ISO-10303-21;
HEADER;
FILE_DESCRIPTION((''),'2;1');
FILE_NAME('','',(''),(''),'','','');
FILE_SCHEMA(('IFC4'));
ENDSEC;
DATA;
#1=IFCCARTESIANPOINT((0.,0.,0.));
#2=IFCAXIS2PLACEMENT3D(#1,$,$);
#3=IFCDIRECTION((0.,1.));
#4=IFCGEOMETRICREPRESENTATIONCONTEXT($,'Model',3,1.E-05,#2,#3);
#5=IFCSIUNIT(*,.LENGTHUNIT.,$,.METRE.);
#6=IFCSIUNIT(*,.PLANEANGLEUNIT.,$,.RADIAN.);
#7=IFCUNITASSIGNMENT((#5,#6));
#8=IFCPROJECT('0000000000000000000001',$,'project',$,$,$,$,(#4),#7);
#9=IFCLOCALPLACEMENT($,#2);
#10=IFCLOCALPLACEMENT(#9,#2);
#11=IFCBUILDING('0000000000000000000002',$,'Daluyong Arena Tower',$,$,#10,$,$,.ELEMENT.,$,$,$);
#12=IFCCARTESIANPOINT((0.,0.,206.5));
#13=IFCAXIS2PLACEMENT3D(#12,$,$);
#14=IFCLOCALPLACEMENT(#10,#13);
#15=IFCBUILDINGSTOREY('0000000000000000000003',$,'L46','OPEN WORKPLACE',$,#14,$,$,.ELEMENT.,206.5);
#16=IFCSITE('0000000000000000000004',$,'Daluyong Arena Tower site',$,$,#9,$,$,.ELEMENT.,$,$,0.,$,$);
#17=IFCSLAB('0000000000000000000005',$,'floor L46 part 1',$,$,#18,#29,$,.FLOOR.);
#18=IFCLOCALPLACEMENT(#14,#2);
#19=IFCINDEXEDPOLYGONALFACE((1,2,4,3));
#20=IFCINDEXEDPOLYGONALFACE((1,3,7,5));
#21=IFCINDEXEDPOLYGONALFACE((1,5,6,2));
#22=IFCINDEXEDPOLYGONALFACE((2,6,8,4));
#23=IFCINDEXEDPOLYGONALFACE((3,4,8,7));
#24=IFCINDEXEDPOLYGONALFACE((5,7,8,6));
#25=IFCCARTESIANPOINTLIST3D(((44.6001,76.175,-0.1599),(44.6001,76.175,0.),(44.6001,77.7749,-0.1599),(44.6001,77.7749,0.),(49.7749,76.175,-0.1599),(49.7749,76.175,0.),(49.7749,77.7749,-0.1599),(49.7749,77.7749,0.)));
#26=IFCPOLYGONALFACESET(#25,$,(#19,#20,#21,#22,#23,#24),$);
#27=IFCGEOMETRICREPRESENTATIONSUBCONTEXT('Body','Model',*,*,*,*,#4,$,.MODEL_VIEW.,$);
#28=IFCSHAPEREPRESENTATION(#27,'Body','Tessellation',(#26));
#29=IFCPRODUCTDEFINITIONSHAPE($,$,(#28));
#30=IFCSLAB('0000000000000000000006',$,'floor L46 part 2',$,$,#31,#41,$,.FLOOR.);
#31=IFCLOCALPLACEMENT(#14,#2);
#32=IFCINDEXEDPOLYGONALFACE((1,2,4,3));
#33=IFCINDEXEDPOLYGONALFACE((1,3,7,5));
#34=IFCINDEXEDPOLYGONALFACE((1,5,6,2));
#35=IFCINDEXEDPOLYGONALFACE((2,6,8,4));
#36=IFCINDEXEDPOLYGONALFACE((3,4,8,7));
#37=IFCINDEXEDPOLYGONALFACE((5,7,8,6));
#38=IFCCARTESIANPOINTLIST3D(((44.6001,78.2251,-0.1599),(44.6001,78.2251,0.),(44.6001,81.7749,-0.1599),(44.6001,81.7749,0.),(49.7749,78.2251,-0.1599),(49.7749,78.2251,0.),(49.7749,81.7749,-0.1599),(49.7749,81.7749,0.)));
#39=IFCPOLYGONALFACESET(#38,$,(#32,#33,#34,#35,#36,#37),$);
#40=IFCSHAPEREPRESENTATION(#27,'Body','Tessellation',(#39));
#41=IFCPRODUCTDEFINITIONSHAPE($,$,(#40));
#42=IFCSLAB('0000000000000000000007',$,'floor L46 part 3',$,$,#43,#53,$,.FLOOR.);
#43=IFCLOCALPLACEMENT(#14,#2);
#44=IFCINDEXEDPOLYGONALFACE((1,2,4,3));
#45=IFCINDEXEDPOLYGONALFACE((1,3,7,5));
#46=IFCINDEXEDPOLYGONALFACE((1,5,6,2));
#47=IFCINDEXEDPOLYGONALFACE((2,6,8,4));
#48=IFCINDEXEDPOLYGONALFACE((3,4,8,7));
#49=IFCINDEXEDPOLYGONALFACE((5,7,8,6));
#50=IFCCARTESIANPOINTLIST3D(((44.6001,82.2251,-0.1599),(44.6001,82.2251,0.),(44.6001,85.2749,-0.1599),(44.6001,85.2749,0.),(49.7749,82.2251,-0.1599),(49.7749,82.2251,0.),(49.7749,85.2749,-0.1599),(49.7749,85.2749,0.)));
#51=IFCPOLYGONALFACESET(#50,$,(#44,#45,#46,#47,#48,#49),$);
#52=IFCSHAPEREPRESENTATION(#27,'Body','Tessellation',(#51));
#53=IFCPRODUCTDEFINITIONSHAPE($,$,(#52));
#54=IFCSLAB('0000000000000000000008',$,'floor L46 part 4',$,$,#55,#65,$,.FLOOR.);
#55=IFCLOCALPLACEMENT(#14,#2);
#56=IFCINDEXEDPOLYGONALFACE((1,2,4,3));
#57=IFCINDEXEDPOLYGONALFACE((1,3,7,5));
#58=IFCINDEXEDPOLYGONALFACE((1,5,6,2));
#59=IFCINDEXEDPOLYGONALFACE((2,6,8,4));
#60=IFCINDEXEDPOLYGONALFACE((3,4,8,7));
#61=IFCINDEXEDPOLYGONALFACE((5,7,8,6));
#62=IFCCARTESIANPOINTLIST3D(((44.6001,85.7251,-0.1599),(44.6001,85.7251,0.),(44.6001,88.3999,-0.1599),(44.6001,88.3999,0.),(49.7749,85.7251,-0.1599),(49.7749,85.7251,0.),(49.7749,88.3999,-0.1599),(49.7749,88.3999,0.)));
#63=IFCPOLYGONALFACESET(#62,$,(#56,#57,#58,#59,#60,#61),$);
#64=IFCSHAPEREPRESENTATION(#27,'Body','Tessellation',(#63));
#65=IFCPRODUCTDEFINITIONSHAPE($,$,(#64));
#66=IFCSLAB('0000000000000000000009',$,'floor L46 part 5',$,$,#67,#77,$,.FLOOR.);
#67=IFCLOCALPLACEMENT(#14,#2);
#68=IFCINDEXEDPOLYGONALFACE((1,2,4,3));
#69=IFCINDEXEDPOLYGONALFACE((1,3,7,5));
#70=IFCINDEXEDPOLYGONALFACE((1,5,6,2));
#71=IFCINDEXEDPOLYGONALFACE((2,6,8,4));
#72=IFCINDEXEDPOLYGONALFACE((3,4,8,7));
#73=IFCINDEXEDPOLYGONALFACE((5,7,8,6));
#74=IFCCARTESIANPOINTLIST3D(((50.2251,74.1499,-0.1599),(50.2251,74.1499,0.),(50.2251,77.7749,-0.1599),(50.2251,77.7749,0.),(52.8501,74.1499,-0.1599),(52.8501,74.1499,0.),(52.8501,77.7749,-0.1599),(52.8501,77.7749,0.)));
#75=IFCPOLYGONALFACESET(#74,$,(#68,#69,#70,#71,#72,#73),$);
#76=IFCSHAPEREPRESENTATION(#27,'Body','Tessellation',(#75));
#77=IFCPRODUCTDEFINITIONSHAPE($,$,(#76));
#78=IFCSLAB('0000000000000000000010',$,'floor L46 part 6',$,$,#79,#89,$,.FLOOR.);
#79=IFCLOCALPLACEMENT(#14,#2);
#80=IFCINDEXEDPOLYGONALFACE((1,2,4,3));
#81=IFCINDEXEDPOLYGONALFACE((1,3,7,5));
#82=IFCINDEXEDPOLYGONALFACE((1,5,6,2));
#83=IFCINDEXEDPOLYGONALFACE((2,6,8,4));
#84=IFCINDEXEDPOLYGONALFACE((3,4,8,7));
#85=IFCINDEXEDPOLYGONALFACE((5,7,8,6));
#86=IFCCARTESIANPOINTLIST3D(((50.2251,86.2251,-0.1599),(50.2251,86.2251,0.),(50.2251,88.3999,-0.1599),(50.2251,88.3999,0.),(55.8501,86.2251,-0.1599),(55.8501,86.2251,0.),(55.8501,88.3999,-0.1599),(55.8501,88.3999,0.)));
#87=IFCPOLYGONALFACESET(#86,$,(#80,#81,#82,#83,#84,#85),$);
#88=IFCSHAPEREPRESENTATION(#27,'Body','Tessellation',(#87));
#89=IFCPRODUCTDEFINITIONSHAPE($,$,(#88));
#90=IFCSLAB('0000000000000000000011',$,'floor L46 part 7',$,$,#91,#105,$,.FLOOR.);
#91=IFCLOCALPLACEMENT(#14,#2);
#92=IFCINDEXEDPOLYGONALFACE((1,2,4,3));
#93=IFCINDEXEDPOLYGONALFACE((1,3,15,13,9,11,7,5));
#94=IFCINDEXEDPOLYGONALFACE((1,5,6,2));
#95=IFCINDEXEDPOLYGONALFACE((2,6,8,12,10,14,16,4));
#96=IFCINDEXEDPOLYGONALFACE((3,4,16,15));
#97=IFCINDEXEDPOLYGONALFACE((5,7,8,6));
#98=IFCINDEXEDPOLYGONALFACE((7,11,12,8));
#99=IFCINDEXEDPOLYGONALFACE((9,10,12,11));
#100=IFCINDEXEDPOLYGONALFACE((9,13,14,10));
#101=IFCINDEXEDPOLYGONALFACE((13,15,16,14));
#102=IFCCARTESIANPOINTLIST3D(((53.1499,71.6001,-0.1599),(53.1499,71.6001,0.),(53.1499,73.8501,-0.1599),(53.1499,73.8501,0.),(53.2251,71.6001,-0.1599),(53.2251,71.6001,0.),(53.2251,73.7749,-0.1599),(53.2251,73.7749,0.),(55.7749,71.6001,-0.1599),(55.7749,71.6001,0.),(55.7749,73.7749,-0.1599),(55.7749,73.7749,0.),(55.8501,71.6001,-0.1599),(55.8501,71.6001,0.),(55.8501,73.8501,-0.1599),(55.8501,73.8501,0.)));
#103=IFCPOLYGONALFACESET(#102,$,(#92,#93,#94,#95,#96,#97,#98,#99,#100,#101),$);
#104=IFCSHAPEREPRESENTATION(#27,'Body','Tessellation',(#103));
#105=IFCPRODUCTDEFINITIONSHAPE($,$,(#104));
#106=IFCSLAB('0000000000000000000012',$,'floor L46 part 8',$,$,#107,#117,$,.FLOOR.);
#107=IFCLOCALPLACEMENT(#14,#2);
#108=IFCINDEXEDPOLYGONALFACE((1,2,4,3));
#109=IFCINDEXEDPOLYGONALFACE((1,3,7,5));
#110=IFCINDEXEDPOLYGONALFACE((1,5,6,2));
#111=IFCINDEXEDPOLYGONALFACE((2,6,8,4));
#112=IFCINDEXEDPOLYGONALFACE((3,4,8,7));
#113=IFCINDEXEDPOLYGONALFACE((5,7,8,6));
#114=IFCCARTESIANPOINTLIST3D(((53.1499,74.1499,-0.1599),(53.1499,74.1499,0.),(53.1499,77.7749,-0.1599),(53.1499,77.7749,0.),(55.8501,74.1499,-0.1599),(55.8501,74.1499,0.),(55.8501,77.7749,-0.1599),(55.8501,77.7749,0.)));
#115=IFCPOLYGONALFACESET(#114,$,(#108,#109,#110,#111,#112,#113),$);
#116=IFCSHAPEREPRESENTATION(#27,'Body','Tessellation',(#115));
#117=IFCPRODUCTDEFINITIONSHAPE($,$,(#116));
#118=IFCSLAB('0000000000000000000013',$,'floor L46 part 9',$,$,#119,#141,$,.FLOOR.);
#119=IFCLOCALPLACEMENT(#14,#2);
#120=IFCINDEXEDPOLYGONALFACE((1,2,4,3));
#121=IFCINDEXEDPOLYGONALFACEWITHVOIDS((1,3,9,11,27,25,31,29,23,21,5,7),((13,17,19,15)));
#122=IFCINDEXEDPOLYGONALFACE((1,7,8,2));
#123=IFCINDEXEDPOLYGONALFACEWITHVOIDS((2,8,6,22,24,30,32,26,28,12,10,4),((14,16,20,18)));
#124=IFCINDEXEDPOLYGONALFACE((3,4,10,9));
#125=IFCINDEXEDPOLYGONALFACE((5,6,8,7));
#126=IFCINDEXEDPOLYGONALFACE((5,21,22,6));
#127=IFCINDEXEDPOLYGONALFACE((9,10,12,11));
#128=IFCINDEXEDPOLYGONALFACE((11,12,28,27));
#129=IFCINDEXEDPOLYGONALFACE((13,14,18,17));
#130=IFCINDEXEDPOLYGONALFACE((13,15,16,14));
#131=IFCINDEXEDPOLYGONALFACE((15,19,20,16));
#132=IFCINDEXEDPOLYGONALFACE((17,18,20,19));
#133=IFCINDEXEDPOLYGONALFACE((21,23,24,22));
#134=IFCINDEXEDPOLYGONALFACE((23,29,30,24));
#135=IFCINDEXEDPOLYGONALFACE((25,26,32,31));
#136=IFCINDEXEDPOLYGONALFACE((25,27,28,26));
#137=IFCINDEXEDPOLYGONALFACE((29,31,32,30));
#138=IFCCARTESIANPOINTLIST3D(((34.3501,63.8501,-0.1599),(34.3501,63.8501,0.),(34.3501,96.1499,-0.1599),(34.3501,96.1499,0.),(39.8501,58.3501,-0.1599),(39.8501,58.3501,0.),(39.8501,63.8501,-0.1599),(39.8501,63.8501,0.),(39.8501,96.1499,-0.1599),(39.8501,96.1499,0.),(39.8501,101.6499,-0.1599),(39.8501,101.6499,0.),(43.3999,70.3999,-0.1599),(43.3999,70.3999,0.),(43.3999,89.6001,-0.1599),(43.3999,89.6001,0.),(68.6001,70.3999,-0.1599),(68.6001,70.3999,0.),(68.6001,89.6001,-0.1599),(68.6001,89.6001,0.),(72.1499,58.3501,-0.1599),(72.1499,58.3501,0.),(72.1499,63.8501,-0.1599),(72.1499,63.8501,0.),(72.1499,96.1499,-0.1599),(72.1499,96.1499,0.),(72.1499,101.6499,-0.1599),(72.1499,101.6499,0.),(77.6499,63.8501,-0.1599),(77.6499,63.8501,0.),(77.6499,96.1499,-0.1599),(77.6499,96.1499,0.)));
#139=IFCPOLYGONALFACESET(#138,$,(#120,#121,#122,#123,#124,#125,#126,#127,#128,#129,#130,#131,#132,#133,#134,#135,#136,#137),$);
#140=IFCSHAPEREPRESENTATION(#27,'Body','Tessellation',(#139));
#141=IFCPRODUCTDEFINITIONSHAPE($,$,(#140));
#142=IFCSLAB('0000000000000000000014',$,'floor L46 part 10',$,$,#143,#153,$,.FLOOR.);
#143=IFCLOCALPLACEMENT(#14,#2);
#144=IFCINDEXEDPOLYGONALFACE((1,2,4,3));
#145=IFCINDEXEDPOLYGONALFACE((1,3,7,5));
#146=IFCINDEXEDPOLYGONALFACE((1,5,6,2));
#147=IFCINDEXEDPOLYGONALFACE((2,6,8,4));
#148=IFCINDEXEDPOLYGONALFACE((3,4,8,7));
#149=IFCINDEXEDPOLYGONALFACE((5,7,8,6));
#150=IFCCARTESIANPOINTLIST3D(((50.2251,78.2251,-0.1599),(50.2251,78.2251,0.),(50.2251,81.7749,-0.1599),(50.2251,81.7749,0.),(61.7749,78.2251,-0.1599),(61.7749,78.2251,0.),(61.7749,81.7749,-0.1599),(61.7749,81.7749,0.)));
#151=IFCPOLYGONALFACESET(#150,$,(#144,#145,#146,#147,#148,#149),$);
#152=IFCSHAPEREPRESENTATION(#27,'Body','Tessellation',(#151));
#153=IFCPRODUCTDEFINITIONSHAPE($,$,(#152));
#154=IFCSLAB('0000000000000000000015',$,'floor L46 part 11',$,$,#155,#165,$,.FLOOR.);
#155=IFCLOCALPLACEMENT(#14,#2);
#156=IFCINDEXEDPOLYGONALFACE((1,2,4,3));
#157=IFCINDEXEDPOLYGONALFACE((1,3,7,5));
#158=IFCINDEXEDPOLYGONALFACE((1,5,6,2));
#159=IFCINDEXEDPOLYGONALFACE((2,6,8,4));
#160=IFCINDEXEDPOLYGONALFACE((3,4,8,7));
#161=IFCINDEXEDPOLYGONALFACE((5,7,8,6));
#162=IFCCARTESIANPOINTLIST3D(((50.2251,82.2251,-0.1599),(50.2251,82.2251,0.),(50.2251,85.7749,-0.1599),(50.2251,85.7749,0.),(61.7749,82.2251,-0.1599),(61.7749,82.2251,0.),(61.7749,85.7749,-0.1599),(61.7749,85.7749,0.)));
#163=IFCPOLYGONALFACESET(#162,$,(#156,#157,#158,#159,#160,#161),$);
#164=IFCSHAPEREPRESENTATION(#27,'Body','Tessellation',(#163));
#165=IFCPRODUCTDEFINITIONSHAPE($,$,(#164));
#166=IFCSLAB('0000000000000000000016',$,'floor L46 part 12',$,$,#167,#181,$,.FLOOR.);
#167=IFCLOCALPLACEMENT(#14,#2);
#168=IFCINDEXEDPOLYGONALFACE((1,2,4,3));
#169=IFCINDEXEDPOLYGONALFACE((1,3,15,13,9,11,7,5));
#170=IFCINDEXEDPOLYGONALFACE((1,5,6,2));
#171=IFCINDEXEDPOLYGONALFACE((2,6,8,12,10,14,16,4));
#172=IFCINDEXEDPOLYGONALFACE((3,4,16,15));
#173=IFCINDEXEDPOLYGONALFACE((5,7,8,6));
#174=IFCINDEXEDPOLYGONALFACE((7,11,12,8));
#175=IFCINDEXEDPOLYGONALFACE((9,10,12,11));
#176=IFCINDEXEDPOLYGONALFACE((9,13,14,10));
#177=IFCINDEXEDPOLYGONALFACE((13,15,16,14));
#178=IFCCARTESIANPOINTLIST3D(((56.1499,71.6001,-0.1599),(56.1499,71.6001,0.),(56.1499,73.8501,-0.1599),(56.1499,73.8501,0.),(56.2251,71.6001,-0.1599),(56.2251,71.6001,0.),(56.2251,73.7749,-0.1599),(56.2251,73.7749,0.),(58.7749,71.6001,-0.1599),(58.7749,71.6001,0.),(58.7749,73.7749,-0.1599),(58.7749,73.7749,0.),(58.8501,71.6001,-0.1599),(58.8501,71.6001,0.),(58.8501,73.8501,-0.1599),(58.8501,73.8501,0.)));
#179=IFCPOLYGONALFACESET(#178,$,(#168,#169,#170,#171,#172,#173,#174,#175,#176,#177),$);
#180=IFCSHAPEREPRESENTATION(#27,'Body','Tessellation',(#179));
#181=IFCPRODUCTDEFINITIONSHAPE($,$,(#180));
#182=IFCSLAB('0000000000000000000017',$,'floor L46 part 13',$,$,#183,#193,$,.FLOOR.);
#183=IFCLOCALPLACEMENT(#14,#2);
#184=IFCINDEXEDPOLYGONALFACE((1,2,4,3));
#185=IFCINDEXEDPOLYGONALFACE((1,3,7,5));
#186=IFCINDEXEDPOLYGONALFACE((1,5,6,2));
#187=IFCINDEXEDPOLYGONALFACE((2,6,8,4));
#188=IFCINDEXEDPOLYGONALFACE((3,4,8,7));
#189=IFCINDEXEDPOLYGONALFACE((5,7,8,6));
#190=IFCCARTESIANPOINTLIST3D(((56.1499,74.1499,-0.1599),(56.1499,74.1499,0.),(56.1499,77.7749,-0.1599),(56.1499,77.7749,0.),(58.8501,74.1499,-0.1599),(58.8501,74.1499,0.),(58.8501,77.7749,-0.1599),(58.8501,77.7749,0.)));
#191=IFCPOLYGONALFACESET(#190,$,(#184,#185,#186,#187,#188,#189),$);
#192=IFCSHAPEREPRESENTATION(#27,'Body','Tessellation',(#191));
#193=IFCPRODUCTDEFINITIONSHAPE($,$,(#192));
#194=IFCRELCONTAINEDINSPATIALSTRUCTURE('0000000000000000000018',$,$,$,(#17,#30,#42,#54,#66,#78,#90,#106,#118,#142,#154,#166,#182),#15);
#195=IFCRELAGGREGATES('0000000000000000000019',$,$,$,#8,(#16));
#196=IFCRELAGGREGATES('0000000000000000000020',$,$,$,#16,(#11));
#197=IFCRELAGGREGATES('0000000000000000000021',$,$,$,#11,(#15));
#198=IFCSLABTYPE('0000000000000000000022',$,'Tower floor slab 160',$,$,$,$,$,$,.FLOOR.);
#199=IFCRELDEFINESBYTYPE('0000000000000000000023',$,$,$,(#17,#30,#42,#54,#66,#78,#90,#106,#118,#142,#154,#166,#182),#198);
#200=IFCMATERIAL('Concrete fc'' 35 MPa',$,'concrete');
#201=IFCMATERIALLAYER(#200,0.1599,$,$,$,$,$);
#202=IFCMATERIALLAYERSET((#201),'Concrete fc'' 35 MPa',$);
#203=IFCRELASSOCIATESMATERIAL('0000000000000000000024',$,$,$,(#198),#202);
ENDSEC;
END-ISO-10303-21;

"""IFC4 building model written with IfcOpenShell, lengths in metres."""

from ifc_helpers import new_model, si_unit, direction, frame, origin, place, context, subcontext, project, spatial, polyline, outline, extrude, material, layer, layer_set, type_object, element, save


model = new_model("IFC4")

# Units and contexts
model_context = context("Model", 3, precision=1e-05, world=origin(), true_north=direction((0.0, 1.0)))
body_context = subcontext(model_context, "Body", "Model", "MODEL_VIEW")
ifc_project = project(units=[si_unit("LENGTHUNIT", "METRE"), si_unit("PLANEANGLEUNIT", "RADIAN")], contexts=[model_context])

# Site, building, storey
site_placement = place(None, origin())
site = spatial("IfcSite", under=ifc_project, at=site_placement, Name="Daluyong Arena Tower site", CompositionType="ELEMENT", RefElevation=0.0)
building_placement = place(site_placement, origin())
building = spatial("IfcBuilding", under=site, at=building_placement, Name="Daluyong Arena Tower", CompositionType="ELEMENT")
storey_placement = place(building_placement, frame((0.0, 0.0, 206.5)))
storey = spatial("IfcBuildingStorey", under=building, at=storey_placement, Name="L46", Description="OPEN WORKPLACE", CompositionType="ELEMENT", Elevation=206.5)

# Slabs
ifc_material_1 = material(Name="Concrete fc' 35 MPa", Category="concrete")
ifc_layer_1 = layer(ifc_material_1, 0.1599)
ifc_layer_set_1 = layer_set([ifc_layer_1], Name="Concrete fc' 35 MPa")
slab_type = type_object("IfcSlabType", Name="Tower floor slab 160", PredefinedType="FLOOR", material=ifc_layer_set_1)
slab_1_placement = place(storey_placement, frame((0.0, 0.0, -0.1599)))
element("IfcSlab", 1, at=slab_1_placement, inside=storey, type_object=slab_type, Name="floor L46 part 1", PredefinedType="FLOOR", context=body_context, shape_type="SweptSolid", body=[
    extrude(outline(polyline([(49.7749, 77.7749), (44.6001, 77.7749), (44.6001, 76.175), (49.7749, 76.175), (49.7749, 77.7749)])), origin(), (0.0, 0.0, 1.0), 0.1599),
])
slab_2_placement = place(storey_placement, frame((0.0, 0.0, -0.1599)))
element("IfcSlab", 2, at=slab_2_placement, inside=storey, type_object=slab_type, Name="floor L46 part 2", PredefinedType="FLOOR", context=body_context, shape_type="SweptSolid", body=[
    extrude(outline(polyline([(49.7749, 78.2251), (49.7749, 81.7749), (44.6001, 81.7749), (44.6001, 78.2251), (49.7749, 78.2251)])), origin(), (0.0, 0.0, 1.0), 0.1599),
])
slab_3_placement = place(storey_placement, frame((0.0, 0.0, -0.1599)))
element("IfcSlab", 3, at=slab_3_placement, inside=storey, type_object=slab_type, Name="floor L46 part 3", PredefinedType="FLOOR", context=body_context, shape_type="SweptSolid", body=[
    extrude(outline(polyline([(44.6001, 85.2749), (44.6001, 82.2251), (49.7749, 82.2251), (49.7749, 85.2749), (44.6001, 85.2749)])), origin(), (0.0, 0.0, 1.0), 0.1599),
])
slab_4_placement = place(storey_placement, frame((0.0, 0.0, -0.1599)))
element("IfcSlab", 4, at=slab_4_placement, inside=storey, type_object=slab_type, Name="floor L46 part 4", PredefinedType="FLOOR", context=body_context, shape_type="SweptSolid", body=[
    extrude(outline(polyline([(44.6001, 88.3999), (44.6001, 85.7251), (49.7749, 85.7251), (49.7749, 88.3999), (44.6001, 88.3999)])), origin(), (0.0, 0.0, 1.0), 0.1599),
])
slab_5_placement = place(storey_placement, frame((0.0, 0.0, -0.1599)))
element("IfcSlab", 5, at=slab_5_placement, inside=storey, type_object=slab_type, Name="floor L46 part 5", PredefinedType="FLOOR", context=body_context, shape_type="SweptSolid", body=[
    extrude(outline(polyline([(52.8501, 74.1499), (52.8501, 77.7749), (50.2251, 77.7749), (50.2251, 74.1499), (52.8501, 74.1499)])), origin(), (0.0, 0.0, 1.0), 0.1599),
])
slab_6_placement = place(storey_placement, frame((0.0, 0.0, -0.1599)))
element("IfcSlab", 6, at=slab_6_placement, inside=storey, type_object=slab_type, Name="floor L46 part 6", PredefinedType="FLOOR", context=body_context, shape_type="SweptSolid", body=[
    extrude(outline(polyline([(50.2251, 88.3999), (50.2251, 86.2251), (55.8501, 86.2251), (55.8501, 88.3999), (50.2251, 88.3999)])), origin(), (0.0, 0.0, 1.0), 0.1599),
])
slab_7_placement = place(storey_placement, frame((0.0, 0.0, -0.1599)))
element("IfcSlab", 7, at=slab_7_placement, inside=storey, type_object=slab_type, Name="floor L46 part 7", PredefinedType="FLOOR", context=body_context, shape_type="SweptSolid", body=[
    extrude(outline(polyline([(53.2251, 71.6001), (53.2251, 73.7749), (55.7749, 73.7749), (55.7749, 71.6001), (55.8501, 71.6001), (55.8501, 73.8501), (53.1499, 73.8501), (53.1499, 71.6001), (53.2251, 71.6001)])), origin(), (0.0, 0.0, 1.0), 0.1599),
])
slab_8_placement = place(storey_placement, frame((0.0, 0.0, -0.1599)))
element("IfcSlab", 8, at=slab_8_placement, inside=storey, type_object=slab_type, Name="floor L46 part 8", PredefinedType="FLOOR", context=body_context, shape_type="SweptSolid", body=[
    extrude(outline(polyline([(53.1499, 74.1499), (55.8501, 74.1499), (55.8501, 77.7749), (53.1499, 77.7749), (53.1499, 74.1499)])), origin(), (0.0, 0.0, 1.0), 0.1599),
])
slab_9_placement = place(storey_placement, frame((0.0, 0.0, -0.1599)))
element("IfcSlab", 9, at=slab_9_placement, inside=storey, type_object=slab_type, Name="floor L46 part 9", PredefinedType="FLOOR", context=body_context, shape_type="SweptSolid", body=[
    extrude(outline(polyline([(39.8501, 63.8501), (39.8501, 58.3501), (72.1499, 58.3501), (72.1499, 63.8501), (77.6499, 63.8501), (77.6499, 96.1499), (72.1499, 96.1499), (72.1499, 101.6499), (39.8501, 101.6499), (39.8501, 96.1499), (34.3501, 96.1499), (34.3501, 63.8501), (39.8501, 63.8501)]), holes=[polyline([(68.6001, 89.6001), (68.6001, 70.3999), (43.3999, 70.3999), (43.3999, 89.6001), (68.6001, 89.6001)])]), origin(), (0.0, 0.0, 1.0), 0.1599),
])
slab_10_placement = place(storey_placement, frame((0.0, 0.0, -0.1599)))
element("IfcSlab", 10, at=slab_10_placement, inside=storey, type_object=slab_type, Name="floor L46 part 10", PredefinedType="FLOOR", context=body_context, shape_type="SweptSolid", body=[
    extrude(outline(polyline([(50.2251, 81.7749), (50.2251, 78.2251), (61.7749, 78.2251), (61.7749, 81.7749), (50.2251, 81.7749)])), origin(), (0.0, 0.0, 1.0), 0.1599),
])
slab_11_placement = place(storey_placement, frame((0.0, 0.0, -0.1599)))
element("IfcSlab", 11, at=slab_11_placement, inside=storey, type_object=slab_type, Name="floor L46 part 11", PredefinedType="FLOOR", context=body_context, shape_type="SweptSolid", body=[
    extrude(outline(polyline([(50.2251, 85.7749), (50.2251, 82.2251), (61.7749, 82.2251), (61.7749, 85.7749), (50.2251, 85.7749)])), origin(), (0.0, 0.0, 1.0), 0.1599),
])
slab_12_placement = place(storey_placement, frame((0.0, 0.0, -0.1599)))
element("IfcSlab", 12, at=slab_12_placement, inside=storey, type_object=slab_type, Name="floor L46 part 12", PredefinedType="FLOOR", context=body_context, shape_type="SweptSolid", body=[
    extrude(outline(polyline([(56.2251, 71.6001), (56.2251, 73.7749), (58.7749, 73.7749), (58.7749, 71.6001), (58.8501, 71.6001), (58.8501, 73.8501), (56.1499, 73.8501), (56.1499, 71.6001), (56.2251, 71.6001)])), origin(), (0.0, 0.0, 1.0), 0.1599),
])
slab_13_placement = place(storey_placement, frame((0.0, 0.0, -0.1599)))
element("IfcSlab", 13, at=slab_13_placement, inside=storey, type_object=slab_type, Name="floor L46 part 13", PredefinedType="FLOOR", context=body_context, shape_type="SweptSolid", body=[
    extrude(outline(polyline([(58.8501, 77.7749), (56.1499, 77.7749), (56.1499, 74.1499), (58.8501, 74.1499), (58.8501, 77.7749)])), origin(), (0.0, 0.0, 1.0), 0.1599),
])

save(model, "model.ifc")
